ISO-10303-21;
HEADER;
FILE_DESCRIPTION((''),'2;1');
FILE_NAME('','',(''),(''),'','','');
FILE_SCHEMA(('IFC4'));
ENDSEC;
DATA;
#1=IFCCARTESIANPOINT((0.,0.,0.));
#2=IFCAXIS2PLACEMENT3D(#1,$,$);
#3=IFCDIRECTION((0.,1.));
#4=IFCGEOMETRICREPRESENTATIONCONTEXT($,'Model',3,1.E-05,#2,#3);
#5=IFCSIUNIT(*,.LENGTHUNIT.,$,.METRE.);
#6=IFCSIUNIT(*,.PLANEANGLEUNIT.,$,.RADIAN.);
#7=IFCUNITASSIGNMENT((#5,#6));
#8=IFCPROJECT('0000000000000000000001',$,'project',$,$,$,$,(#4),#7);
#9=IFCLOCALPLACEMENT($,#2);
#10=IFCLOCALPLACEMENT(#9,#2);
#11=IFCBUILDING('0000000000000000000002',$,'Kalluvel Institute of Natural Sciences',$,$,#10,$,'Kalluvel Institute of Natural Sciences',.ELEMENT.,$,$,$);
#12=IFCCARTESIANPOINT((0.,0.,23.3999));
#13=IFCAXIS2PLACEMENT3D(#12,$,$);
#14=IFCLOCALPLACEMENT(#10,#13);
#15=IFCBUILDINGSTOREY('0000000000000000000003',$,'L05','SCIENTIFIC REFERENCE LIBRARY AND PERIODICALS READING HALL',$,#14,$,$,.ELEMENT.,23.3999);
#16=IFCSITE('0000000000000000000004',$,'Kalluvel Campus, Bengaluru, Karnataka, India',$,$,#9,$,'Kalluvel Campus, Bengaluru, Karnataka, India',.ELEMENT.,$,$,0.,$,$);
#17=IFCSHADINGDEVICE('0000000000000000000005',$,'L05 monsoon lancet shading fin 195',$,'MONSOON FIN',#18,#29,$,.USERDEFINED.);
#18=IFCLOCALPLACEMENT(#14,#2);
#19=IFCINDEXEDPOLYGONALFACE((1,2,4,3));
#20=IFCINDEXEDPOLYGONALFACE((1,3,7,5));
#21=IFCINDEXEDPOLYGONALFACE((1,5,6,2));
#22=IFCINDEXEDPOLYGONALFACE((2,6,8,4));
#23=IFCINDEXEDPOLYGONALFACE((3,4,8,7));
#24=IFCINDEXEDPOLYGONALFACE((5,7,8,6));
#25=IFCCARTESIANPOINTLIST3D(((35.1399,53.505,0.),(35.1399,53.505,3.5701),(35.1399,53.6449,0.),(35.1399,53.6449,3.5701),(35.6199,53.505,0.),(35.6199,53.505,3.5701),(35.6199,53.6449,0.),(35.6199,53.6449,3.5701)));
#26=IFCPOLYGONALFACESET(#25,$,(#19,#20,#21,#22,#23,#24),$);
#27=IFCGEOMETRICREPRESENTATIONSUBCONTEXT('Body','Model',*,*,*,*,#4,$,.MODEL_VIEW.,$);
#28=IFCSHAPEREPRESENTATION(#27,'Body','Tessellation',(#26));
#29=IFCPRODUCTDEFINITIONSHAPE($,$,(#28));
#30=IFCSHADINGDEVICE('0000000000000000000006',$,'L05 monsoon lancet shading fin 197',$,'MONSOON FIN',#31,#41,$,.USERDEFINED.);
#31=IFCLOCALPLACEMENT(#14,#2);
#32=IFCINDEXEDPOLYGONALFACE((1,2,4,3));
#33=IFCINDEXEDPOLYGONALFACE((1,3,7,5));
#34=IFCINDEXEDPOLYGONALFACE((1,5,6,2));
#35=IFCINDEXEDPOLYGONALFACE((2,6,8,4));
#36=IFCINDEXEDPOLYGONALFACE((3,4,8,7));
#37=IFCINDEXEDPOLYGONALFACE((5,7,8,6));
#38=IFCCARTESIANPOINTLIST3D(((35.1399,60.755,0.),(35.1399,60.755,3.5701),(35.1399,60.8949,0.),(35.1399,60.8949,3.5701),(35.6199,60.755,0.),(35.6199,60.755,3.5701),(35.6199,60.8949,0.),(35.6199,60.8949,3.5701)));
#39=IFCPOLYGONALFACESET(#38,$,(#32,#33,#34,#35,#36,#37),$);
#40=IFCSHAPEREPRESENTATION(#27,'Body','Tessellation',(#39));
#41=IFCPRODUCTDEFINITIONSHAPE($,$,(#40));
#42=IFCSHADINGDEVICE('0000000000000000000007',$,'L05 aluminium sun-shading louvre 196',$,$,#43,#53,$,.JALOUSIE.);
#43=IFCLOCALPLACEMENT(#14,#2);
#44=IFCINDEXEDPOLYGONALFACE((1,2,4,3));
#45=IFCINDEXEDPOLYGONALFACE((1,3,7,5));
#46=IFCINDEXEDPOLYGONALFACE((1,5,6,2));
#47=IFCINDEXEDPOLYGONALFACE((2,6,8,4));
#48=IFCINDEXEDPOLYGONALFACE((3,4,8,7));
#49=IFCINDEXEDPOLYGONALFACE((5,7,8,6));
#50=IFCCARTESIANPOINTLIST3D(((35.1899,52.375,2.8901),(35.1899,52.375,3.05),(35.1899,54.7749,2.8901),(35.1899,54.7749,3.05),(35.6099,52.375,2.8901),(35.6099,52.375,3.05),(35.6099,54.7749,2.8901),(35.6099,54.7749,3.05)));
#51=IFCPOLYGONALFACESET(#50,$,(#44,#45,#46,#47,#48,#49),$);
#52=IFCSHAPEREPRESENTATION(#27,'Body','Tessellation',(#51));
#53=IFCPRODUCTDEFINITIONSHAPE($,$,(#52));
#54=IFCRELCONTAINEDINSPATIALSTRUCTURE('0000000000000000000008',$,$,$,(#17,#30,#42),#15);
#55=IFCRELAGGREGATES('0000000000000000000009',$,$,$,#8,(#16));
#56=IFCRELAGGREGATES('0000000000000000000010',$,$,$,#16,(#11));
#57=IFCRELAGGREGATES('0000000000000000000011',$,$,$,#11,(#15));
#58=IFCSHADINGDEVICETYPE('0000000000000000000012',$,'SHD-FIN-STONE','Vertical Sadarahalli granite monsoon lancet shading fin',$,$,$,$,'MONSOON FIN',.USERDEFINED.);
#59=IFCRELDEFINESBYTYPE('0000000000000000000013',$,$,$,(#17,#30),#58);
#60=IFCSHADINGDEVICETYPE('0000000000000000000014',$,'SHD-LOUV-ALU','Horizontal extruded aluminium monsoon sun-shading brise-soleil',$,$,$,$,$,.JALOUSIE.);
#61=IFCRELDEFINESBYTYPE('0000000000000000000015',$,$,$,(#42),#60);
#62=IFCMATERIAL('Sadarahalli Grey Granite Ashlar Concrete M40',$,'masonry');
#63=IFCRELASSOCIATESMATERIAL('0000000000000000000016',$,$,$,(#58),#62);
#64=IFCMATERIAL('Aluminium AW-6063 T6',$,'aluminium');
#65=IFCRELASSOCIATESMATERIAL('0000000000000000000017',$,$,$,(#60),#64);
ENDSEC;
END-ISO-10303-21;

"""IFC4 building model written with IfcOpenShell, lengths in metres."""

from ifc_helpers import new_model, si_unit, direction, frame, origin, origin_2d, place, context, subcontext, project, spatial, rectangle, extrude, material, type_object, element, save


model = new_model("IFC4")

# Units and contexts
model_context = context("Model", 3, precision=1e-05, world=origin(), true_north=direction((0.0, 1.0)))
body_context = subcontext(model_context, "Body", "Model", "MODEL_VIEW")
ifc_project = project(units=[si_unit("LENGTHUNIT", "METRE"), si_unit("PLANEANGLEUNIT", "RADIAN")], contexts=[model_context])

# Site, building, storey
site_placement = place(None, origin())
site = spatial("IfcSite", under=ifc_project, at=site_placement, Name="Kalluvel Campus, Bengaluru, Karnataka, India", LongName="Kalluvel Campus, Bengaluru, Karnataka, India", CompositionType="ELEMENT", RefElevation=0.0)
building_placement = place(site_placement, origin())
building = spatial("IfcBuilding", under=site, at=building_placement, Name="Kalluvel Institute of Natural Sciences", LongName="Kalluvel Institute of Natural Sciences", CompositionType="ELEMENT")
storey_placement = place(building_placement, frame((0.0, 0.0, 23.3999)))
storey = spatial("IfcBuildingStorey", under=building, at=storey_placement, Name="L05", Description="SCIENTIFIC REFERENCE LIBRARY AND PERIODICALS READING HALL", CompositionType="ELEMENT", Elevation=23.3999)

# Shading devices
ifc_material_1 = material(Name="Sadarahalli Grey Granite Ashlar Concrete M40", Category="masonry")
shading_device_type_1 = type_object("IfcShadingDeviceType", Name="SHD-FIN-STONE", Description="Vertical Sadarahalli granite monsoon lancet shading fin", ElementType="MONSOON FIN", PredefinedType="USERDEFINED", material=ifc_material_1)
for number, where, z_axis, x_axis, name in (
    (1, (35.3799, 53.575, 0.0), (0.0, 0.0, 1.0), (0.0, 1.0, 0.0), "L05 monsoon lancet shading fin 195"),
    (2, (35.3799, 60.825, 0.0), (0.0, 0.0, 1.0), (0.0, 1.0, 0.0), "L05 monsoon lancet shading fin 197"),
):
    element("IfcShadingDevice", number, at=place(storey_placement, frame(where, z_axis=z_axis, x_axis=x_axis)), inside=storey, type_object=shading_device_type_1, Name=name, ObjectType="MONSOON FIN", PredefinedType="USERDEFINED", context=body_context, shape_type="SweptSolid", body=[
        extrude(rectangle(XDim=0.1399, YDim=0.48, at=origin_2d()), origin(), (0.0, 0.0, 1.0), 3.5701),
    ])
ifc_material_2 = material(Name="Aluminium AW-6063 T6", Category="aluminium")
shading_device_type_2 = type_object("IfcShadingDeviceType", Name="SHD-LOUV-ALU", Description="Horizontal extruded aluminium monsoon sun-shading brise-soleil", PredefinedType="JALOUSIE", material=ifc_material_2)
shading_device_placement = place(storey_placement, frame((35.3999, 53.575, 2.8901), z_axis=(0.0, 0.0, 1.0), x_axis=(0.0, 1.0, 0.0)))
element("IfcShadingDevice", 3, at=shading_device_placement, inside=storey, type_object=shading_device_type_2, Name="L05 aluminium sun-shading louvre 196", PredefinedType="JALOUSIE", context=body_context, shape_type="SweptSolid", body=[
    extrude(rectangle(XDim=2.3999, YDim=0.4199, at=origin_2d()), origin(), (0.0, 0.0, 1.0), 0.1599),
])

save(model, "model.ifc")
